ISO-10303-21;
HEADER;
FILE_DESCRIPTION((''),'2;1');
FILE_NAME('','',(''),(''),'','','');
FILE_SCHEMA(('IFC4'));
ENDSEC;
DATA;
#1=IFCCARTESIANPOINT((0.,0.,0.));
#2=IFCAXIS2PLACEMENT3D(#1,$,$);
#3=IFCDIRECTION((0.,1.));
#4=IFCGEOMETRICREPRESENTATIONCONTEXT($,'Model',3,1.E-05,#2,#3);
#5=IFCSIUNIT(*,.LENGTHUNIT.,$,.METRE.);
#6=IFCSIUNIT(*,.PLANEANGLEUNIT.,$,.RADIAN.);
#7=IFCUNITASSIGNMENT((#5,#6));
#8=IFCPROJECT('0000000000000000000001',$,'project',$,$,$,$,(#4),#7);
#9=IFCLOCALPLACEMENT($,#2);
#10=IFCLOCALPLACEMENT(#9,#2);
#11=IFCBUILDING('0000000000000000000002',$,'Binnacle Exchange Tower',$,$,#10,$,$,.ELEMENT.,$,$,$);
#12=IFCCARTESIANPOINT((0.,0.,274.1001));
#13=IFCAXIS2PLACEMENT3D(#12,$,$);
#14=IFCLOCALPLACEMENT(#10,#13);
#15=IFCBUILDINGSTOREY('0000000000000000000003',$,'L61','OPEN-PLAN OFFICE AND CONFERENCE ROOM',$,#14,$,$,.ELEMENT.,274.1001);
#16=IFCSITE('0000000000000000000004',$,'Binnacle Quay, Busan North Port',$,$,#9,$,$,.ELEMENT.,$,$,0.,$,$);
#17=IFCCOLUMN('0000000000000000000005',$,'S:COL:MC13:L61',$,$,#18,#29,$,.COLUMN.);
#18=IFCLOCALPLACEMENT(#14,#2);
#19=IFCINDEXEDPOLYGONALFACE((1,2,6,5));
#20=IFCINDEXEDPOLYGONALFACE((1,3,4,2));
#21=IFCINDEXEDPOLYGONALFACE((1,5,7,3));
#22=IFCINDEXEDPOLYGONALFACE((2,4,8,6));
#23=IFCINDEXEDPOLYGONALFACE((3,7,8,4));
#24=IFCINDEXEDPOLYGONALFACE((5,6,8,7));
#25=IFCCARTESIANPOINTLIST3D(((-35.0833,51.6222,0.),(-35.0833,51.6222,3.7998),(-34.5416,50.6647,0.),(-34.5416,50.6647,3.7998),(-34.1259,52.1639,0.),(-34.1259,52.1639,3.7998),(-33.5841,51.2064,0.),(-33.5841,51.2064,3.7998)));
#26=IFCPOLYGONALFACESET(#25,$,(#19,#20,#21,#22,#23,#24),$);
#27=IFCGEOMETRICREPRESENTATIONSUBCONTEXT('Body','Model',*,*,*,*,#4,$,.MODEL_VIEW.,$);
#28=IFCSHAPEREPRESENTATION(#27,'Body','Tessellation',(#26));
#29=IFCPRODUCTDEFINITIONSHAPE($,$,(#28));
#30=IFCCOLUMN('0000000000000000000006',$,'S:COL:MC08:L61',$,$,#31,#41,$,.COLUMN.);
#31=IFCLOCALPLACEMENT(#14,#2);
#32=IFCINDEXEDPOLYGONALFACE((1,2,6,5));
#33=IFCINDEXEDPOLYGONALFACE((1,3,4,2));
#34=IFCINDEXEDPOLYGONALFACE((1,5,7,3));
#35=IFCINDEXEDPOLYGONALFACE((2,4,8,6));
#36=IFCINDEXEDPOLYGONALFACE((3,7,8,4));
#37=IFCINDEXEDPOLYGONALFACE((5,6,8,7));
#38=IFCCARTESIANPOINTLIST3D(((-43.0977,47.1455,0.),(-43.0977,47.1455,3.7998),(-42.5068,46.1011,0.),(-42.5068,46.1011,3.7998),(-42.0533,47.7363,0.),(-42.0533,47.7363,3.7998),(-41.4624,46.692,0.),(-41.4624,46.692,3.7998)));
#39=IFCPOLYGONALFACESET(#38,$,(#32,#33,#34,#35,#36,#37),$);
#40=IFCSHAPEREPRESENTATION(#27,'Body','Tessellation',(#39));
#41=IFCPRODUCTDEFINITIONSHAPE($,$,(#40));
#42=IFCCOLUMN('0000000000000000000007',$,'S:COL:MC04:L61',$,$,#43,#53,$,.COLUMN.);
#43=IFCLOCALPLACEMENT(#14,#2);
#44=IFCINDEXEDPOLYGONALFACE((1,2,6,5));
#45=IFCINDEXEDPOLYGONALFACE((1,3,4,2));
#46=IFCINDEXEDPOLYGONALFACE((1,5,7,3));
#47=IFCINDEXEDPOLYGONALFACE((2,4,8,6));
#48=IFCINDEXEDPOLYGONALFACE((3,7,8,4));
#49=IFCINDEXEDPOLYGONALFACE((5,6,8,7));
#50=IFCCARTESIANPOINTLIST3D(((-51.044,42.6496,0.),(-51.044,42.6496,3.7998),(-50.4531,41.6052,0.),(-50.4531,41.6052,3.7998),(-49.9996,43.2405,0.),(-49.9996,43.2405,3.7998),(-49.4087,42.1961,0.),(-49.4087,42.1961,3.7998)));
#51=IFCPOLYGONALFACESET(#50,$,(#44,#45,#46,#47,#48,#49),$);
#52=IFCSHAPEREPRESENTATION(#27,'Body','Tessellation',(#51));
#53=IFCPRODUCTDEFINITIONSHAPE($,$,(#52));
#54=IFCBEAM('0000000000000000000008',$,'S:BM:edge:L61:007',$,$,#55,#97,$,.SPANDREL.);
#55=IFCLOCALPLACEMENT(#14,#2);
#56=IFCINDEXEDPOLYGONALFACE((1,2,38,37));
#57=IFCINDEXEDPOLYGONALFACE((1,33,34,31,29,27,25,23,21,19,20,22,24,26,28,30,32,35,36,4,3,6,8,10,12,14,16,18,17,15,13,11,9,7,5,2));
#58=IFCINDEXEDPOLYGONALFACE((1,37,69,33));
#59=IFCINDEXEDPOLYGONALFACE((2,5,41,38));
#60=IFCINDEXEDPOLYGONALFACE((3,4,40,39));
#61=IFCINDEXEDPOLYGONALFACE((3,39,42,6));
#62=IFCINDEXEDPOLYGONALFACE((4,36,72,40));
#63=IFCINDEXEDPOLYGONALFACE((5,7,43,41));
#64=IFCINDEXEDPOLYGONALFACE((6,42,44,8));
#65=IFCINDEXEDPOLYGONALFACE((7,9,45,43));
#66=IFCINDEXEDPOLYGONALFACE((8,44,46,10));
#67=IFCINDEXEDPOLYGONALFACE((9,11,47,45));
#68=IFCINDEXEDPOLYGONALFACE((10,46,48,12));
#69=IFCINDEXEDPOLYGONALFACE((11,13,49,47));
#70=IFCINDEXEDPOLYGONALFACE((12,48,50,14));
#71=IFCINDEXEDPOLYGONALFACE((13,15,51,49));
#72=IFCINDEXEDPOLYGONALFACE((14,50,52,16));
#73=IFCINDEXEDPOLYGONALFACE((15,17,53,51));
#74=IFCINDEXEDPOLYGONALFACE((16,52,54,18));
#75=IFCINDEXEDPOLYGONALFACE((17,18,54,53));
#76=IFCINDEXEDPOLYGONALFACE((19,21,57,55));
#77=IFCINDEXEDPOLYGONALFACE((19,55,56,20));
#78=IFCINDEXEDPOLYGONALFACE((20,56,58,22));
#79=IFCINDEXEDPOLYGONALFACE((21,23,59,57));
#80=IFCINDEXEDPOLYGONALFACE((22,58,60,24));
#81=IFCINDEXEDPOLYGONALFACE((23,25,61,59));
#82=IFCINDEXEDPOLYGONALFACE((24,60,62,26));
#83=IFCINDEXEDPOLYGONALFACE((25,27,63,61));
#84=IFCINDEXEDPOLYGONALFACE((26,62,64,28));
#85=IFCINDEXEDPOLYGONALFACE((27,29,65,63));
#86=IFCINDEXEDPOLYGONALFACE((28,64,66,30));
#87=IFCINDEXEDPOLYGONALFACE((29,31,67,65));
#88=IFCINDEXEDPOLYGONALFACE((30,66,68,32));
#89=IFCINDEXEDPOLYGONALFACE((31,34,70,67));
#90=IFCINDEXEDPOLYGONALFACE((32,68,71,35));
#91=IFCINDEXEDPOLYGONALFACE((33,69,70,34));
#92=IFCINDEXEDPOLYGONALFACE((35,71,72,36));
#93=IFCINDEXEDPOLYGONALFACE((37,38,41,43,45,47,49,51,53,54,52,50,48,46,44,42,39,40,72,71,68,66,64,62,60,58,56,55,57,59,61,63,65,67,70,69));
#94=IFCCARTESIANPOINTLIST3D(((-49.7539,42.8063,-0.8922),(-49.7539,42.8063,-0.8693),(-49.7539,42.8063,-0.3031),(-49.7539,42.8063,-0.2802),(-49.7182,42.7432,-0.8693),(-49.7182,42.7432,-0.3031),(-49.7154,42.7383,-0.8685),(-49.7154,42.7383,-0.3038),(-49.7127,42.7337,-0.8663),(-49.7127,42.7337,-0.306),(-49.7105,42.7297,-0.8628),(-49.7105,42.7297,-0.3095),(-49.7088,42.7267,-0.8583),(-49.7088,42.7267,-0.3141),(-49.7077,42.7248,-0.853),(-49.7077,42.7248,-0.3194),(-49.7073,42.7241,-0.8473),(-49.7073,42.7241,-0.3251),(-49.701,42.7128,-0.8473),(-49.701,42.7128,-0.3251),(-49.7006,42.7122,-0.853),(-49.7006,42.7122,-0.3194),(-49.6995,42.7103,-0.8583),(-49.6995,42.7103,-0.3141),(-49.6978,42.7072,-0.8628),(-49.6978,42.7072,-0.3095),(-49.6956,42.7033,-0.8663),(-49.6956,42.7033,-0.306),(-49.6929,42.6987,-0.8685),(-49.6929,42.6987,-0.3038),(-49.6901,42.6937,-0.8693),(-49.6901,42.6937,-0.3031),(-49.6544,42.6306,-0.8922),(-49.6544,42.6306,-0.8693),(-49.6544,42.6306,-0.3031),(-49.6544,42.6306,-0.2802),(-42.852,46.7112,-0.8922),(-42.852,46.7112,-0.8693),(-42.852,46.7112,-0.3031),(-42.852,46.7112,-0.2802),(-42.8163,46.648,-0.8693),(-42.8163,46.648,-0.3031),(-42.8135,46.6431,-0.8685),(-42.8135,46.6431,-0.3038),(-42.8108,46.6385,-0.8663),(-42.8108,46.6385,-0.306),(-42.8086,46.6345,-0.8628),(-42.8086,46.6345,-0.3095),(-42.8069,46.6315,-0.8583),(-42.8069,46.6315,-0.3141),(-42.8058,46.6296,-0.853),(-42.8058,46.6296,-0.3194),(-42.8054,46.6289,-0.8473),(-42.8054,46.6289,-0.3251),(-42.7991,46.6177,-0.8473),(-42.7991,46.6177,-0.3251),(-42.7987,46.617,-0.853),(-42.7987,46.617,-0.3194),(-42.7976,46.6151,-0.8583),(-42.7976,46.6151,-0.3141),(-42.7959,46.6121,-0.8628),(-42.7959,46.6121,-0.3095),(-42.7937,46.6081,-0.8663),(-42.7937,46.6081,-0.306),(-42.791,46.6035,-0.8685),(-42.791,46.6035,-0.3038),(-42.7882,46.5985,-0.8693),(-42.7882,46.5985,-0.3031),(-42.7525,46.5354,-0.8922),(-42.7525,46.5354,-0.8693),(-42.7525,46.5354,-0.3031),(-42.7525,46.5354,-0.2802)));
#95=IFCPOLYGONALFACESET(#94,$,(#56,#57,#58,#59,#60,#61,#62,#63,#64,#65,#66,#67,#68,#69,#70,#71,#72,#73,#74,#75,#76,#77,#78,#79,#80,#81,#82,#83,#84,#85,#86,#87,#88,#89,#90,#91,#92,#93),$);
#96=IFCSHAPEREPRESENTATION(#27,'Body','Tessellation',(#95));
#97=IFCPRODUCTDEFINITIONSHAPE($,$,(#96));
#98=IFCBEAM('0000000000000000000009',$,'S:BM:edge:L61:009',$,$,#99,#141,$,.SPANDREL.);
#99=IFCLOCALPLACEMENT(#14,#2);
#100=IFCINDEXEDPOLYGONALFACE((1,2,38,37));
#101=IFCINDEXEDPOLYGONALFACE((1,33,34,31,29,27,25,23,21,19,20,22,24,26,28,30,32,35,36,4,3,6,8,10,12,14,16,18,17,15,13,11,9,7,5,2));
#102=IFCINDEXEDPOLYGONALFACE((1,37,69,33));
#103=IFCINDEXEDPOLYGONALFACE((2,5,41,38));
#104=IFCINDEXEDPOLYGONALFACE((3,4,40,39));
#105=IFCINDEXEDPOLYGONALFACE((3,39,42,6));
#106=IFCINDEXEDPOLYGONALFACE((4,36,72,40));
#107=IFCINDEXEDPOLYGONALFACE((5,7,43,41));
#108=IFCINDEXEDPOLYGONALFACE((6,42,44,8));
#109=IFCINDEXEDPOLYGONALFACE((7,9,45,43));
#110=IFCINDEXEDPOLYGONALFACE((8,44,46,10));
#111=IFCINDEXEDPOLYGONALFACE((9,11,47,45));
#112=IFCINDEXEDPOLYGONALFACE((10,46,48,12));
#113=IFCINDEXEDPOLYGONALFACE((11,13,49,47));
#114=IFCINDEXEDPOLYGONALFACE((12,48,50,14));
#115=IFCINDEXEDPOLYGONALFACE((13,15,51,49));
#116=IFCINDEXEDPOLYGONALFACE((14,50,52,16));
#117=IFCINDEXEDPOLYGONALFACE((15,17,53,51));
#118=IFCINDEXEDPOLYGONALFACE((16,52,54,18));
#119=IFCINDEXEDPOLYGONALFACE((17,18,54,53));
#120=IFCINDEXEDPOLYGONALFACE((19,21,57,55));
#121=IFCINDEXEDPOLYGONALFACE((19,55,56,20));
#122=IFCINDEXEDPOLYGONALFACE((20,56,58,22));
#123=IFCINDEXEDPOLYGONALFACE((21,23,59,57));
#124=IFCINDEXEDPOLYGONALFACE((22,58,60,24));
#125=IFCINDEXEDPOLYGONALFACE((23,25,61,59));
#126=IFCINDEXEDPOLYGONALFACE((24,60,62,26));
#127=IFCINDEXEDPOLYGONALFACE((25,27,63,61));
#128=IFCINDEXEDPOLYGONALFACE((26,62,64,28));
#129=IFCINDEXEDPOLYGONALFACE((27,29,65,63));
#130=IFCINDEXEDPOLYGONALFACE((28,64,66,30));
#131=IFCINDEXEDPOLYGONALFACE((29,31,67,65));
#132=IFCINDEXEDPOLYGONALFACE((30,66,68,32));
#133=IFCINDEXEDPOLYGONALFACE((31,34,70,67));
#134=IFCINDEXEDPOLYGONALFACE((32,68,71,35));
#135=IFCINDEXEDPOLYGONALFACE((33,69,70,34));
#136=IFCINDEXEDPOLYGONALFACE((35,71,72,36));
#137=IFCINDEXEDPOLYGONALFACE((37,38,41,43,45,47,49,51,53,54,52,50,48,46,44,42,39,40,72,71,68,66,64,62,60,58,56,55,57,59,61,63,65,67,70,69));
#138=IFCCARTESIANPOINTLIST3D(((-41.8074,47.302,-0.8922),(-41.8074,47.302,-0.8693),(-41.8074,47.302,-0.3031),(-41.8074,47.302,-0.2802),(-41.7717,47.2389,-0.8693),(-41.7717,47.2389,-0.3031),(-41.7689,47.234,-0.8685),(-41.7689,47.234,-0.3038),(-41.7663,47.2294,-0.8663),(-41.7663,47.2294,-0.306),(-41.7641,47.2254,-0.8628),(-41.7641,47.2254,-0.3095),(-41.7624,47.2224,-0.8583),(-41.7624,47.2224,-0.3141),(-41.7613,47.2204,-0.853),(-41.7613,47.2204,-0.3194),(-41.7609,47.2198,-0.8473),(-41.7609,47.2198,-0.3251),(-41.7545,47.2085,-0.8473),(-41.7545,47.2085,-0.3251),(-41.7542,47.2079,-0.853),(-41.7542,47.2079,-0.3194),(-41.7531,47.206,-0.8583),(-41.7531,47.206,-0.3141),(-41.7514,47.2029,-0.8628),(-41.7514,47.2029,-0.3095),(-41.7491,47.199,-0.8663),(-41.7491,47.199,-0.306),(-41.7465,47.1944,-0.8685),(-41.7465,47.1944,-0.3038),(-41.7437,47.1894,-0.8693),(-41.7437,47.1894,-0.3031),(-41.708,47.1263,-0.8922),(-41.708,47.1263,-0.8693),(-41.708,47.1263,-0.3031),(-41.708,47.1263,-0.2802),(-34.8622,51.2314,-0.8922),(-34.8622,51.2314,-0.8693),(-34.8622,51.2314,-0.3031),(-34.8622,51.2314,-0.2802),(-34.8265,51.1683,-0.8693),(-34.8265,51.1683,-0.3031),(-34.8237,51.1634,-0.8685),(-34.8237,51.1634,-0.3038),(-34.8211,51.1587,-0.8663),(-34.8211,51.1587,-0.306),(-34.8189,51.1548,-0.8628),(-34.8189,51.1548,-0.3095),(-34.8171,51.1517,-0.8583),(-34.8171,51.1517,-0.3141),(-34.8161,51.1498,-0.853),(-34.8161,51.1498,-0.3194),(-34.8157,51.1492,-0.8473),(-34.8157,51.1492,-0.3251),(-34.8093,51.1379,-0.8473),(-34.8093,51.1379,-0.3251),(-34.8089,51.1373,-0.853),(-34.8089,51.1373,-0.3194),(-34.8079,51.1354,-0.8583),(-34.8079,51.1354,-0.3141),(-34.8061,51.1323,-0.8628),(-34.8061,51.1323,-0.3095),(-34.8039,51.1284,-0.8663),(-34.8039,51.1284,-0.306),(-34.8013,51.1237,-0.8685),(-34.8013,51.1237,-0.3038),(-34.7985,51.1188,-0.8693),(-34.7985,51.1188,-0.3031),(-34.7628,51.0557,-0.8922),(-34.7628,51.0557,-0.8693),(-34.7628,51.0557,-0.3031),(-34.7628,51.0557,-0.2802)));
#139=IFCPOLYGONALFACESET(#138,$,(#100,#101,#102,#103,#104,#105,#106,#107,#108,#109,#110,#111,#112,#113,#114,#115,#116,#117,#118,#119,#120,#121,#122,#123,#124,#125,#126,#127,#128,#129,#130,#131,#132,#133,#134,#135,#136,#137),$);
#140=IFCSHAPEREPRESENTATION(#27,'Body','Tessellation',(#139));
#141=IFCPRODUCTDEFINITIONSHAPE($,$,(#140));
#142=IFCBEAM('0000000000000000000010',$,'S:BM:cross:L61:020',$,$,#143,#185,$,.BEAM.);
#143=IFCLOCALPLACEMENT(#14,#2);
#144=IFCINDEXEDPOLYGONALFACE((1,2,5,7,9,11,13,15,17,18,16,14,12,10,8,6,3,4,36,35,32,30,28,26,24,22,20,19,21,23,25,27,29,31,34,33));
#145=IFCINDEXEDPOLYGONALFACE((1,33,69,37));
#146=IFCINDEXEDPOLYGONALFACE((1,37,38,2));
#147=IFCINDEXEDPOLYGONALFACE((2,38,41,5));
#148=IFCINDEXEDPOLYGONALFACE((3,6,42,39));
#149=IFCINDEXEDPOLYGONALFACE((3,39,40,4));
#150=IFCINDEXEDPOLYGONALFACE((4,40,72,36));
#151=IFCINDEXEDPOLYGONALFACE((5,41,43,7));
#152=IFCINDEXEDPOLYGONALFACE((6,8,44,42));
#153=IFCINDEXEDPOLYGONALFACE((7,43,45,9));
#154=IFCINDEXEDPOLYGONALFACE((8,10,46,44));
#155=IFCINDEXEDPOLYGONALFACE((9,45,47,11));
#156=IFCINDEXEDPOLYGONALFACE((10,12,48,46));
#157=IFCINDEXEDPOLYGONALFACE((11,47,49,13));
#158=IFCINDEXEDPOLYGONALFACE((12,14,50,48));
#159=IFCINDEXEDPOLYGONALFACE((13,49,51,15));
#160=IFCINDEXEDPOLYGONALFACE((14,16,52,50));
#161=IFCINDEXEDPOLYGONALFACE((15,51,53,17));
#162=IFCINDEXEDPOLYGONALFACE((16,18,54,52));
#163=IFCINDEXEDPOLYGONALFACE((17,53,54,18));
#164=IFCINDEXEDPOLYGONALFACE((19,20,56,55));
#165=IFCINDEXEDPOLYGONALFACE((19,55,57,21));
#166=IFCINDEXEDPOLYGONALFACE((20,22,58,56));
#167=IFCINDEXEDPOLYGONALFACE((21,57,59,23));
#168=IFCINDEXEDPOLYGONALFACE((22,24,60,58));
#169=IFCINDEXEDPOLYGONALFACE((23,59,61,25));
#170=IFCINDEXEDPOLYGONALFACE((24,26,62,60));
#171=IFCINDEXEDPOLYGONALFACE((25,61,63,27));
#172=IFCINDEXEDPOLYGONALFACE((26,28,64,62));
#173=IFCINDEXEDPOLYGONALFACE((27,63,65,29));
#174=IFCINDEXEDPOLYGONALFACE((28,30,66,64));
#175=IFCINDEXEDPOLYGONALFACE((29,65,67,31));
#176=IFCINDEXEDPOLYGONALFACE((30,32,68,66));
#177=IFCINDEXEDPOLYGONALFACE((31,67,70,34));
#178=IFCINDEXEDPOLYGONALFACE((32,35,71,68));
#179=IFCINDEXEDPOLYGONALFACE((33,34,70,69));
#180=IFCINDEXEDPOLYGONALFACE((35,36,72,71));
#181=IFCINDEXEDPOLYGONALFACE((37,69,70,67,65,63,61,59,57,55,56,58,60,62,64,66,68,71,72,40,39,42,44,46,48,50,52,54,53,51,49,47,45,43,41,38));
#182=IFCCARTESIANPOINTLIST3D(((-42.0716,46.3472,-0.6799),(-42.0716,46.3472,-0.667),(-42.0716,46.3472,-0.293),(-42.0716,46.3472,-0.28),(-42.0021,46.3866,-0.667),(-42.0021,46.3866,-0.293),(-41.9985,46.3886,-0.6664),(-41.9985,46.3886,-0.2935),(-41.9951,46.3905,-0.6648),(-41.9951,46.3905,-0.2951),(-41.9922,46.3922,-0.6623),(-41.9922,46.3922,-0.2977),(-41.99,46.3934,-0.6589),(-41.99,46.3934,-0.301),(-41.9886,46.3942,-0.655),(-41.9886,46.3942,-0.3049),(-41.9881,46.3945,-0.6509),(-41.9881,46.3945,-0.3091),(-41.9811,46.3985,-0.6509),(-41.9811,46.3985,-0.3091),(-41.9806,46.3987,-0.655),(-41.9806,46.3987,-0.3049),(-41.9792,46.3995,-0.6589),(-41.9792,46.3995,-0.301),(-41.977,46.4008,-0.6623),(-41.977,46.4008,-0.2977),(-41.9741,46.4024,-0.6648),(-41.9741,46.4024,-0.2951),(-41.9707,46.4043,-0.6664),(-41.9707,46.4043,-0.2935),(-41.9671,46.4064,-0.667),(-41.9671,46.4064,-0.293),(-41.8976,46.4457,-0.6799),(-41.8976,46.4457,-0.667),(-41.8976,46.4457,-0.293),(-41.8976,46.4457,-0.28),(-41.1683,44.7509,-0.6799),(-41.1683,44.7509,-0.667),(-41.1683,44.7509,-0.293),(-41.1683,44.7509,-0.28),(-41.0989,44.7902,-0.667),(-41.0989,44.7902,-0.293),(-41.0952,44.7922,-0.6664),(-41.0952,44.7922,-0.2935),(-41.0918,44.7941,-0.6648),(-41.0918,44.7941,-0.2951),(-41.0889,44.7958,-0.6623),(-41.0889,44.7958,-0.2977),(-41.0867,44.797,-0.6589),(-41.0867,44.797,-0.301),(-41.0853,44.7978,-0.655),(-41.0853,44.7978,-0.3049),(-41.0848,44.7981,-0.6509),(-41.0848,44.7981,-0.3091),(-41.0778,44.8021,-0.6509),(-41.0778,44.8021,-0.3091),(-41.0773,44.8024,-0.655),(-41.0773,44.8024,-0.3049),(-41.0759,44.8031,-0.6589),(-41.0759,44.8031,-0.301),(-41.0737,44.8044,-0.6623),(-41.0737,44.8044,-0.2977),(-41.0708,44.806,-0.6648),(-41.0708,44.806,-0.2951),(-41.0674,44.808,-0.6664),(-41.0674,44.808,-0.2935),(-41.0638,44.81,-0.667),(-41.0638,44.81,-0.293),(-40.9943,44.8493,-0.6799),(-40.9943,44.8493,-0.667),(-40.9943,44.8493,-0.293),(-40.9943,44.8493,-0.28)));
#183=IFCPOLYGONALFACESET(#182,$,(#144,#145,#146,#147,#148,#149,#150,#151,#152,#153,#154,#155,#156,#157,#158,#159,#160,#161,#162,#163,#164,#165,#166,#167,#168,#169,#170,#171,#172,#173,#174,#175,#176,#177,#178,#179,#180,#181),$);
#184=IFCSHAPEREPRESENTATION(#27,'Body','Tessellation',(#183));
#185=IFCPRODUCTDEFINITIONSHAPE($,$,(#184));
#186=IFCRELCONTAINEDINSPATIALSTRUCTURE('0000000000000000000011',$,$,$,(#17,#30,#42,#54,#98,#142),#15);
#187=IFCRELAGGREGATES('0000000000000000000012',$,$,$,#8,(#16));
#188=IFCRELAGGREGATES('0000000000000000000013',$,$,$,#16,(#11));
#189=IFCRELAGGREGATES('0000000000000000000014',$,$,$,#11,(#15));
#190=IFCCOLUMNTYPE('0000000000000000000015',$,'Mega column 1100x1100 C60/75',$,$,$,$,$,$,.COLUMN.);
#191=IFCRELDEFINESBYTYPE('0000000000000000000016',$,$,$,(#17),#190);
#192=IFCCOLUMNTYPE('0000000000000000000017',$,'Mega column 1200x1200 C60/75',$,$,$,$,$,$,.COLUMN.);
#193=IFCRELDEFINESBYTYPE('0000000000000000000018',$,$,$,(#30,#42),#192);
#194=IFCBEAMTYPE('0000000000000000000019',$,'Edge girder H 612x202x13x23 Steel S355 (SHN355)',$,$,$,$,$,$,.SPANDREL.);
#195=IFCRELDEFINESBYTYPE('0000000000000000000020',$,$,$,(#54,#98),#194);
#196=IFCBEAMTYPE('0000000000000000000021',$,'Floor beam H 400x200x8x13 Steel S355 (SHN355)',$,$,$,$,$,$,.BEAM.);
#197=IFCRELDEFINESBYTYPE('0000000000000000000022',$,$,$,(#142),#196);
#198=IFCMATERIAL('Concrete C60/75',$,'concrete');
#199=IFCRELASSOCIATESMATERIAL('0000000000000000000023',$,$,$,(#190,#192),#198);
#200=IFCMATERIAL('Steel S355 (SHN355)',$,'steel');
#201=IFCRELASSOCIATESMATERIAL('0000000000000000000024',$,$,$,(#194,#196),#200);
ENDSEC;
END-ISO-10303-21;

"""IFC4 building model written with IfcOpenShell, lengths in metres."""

from ifc_helpers import new_model, si_unit, direction, frame, origin, origin_2d, place, context, subcontext, project, spatial, rectangle, i_section, extrude, material, material_profile, profile_set, type_object, element, save


model = new_model("IFC4")

# Units and contexts
model_context = context("Model", 3, precision=1e-05, world=origin(), true_north=direction((0.0, 1.0)))
body_context = subcontext(model_context, "Body", "Model", "MODEL_VIEW")
ifc_project = project(units=[si_unit("LENGTHUNIT", "METRE"), si_unit("PLANEANGLEUNIT", "RADIAN")], contexts=[model_context])

# Site, building, storey
site_placement = place(None, origin())
site = spatial("IfcSite", under=ifc_project, at=site_placement, Name="Binnacle Quay, Busan North Port", CompositionType="ELEMENT", RefElevation=0.0)
building_placement = place(site_placement, origin())
building = spatial("IfcBuilding", under=site, at=building_placement, Name="Binnacle Exchange Tower", CompositionType="ELEMENT")
storey_placement = place(building_placement, frame((0.0, 0.0, 274.1001)))
storey = spatial("IfcBuildingStorey", under=building, at=storey_placement, Name="L61", Description="OPEN-PLAN OFFICE AND CONFERENCE ROOM", CompositionType="ELEMENT", Elevation=274.1001)

# Columns
ifc_material_1 = material(Name="Concrete C60/75", Category="concrete")
ifc_material_profile_1 = material_profile(ifc_material_1, rectangle(XDim=1.1001, YDim=1.1001, at=origin_2d()), Name="Mega column 1100x1100 C60/75")
ifc_profile_set_1 = profile_set([ifc_material_profile_1], Name="Concrete C60/75")
column_type_1 = type_object("IfcColumnType", Name="Mega column 1100x1100 C60/75", PredefinedType="COLUMN", material=ifc_profile_set_1)
column_placement = place(storey_placement, frame((-34.3337, 51.4143, 0.0), z_axis=(0.0, 0.0, 1.0), x_axis=(-0.870356, -0.492424, 0.0)))
element("IfcColumn", 1, at=column_placement, inside=storey, type_object=column_type_1, Name="S:COL:MC13:L61", PredefinedType="COLUMN", context=body_context, shape_type="SweptSolid", body=[
    extrude(rectangle(XDim=1.1001, YDim=1.1001, at=origin_2d()), origin(), (0.0, 0.0, 1.0), 3.7998),
])
ifc_material_profile_2 = material_profile(ifc_material_1, rectangle(XDim=1.2, YDim=1.2, at=origin_2d()), Name="Mega column 1200x1200 C60/75")
ifc_profile_set_2 = profile_set([ifc_material_profile_2], Name="Concrete C60/75")
column_type_2 = type_object("IfcColumnType", Name="Mega column 1200x1200 C60/75", PredefinedType="COLUMN", material=ifc_profile_set_2)
for number, where, z_axis, x_axis, name in (
    (2, (-42.28, 46.9187, 0.0), (0.0, 0.0, 1.0), (-0.870356, -0.492424, 0.0), "S:COL:MC08:L61"),
    (3, (-50.2263, 42.4229, 0.0), (0.0, 0.0, 1.0), (-0.870356, -0.492424, 0.0), "S:COL:MC04:L61"),
):
    element("IfcColumn", number, at=place(storey_placement, frame(where, z_axis=z_axis, x_axis=x_axis)), inside=storey, type_object=column_type_2, Name=name, PredefinedType="COLUMN", context=body_context, shape_type="SweptSolid", body=[
        extrude(rectangle(XDim=1.2, YDim=1.2, at=origin_2d()), origin(), (0.0, 0.0, 1.0), 3.7998),
    ])

# Beams
ifc_material_2 = material(Name="Steel S355 (SHN355)", Category="steel")
ifc_material_profile_3 = material_profile(ifc_material_2, i_section(OverallWidth=0.2019, OverallDepth=0.6121, WebThickness=0.0129, FlangeThickness=0.0229, FilletRadius=0.022, at=origin_2d()), Name="H 612x202x13x23")
ifc_profile_set_3 = profile_set([ifc_material_profile_3], Name="Steel S355 (SHN355)")
beam_type_1 = type_object("IfcBeamType", Name="Edge girder H 612x202x13x23 Steel S355 (SHN355)", PredefinedType="SPANDREL", material=ifc_profile_set_3)
beam_1_placement = place(storey_placement, frame((-42.8022, 46.6233, -0.5862), z_axis=(-0.870361, -0.492414, 0.0), x_axis=(0.492414, -0.870361, 0.0)))
element("IfcBeam", 4, at=beam_1_placement, inside=storey, type_object=beam_type_1, Name="S:BM:edge:L61:007", PredefinedType="SPANDREL", context=body_context, shape_type="SweptSolid", body=[
    extrude(i_section(OverallWidth=0.2019, OverallDepth=0.6121, WebThickness=0.0129, FlangeThickness=0.0229, FilletRadius=0.022, at=origin_2d()), origin(), (0.0, 0.0, 1.0), 7.9299),
])
beam_2_placement = place(storey_placement, frame((-34.8125, 51.1436, -0.5862), z_axis=(-0.870357, -0.492421, 0.0), x_axis=(0.492421, -0.870357, 0.0)))
element("IfcBeam", 5, at=beam_2_placement, inside=storey, type_object=beam_type_1, Name="S:BM:edge:L61:009", PredefinedType="SPANDREL", context=body_context, shape_type="SweptSolid", body=[
    extrude(i_section(OverallWidth=0.2019, OverallDepth=0.6121, WebThickness=0.0129, FlangeThickness=0.0229, FilletRadius=0.022, at=origin_2d()), origin(), (0.0, 0.0, 1.0), 7.9797),
])
ifc_material_profile_4 = material_profile(ifc_material_2, i_section(OverallWidth=0.2, OverallDepth=0.3999, WebThickness=0.0081, FlangeThickness=0.0129, FilletRadius=0.0161, at=origin_2d()), Name="H 400x200x8x13")
ifc_profile_set_4 = profile_set([ifc_material_profile_4], Name="Steel S355 (SHN355)")
beam_type_2 = type_object("IfcBeamType", Name="Floor beam H 400x200x8x13 Steel S355 (SHN355)", PredefinedType="BEAM", material=ifc_profile_set_4)
beam_3_placement = place(storey_placement, frame((-41.9846, 46.3965, -0.48), z_axis=(0.492465, -0.870332, 0.0), x_axis=(0.870332, 0.492465, 0.0)))
element("IfcBeam", 6, at=beam_3_placement, inside=storey, type_object=beam_type_2, Name="S:BM:cross:L61:020", PredefinedType="BEAM", context=body_context, shape_type="SweptSolid", body=[
    extrude(i_section(OverallWidth=0.2, OverallDepth=0.3999, WebThickness=0.0081, FlangeThickness=0.0129, FilletRadius=0.0161, at=origin_2d()), origin(), (0.0, 0.0, 1.0), 1.8342),
])

save(model, "model.ifc")
